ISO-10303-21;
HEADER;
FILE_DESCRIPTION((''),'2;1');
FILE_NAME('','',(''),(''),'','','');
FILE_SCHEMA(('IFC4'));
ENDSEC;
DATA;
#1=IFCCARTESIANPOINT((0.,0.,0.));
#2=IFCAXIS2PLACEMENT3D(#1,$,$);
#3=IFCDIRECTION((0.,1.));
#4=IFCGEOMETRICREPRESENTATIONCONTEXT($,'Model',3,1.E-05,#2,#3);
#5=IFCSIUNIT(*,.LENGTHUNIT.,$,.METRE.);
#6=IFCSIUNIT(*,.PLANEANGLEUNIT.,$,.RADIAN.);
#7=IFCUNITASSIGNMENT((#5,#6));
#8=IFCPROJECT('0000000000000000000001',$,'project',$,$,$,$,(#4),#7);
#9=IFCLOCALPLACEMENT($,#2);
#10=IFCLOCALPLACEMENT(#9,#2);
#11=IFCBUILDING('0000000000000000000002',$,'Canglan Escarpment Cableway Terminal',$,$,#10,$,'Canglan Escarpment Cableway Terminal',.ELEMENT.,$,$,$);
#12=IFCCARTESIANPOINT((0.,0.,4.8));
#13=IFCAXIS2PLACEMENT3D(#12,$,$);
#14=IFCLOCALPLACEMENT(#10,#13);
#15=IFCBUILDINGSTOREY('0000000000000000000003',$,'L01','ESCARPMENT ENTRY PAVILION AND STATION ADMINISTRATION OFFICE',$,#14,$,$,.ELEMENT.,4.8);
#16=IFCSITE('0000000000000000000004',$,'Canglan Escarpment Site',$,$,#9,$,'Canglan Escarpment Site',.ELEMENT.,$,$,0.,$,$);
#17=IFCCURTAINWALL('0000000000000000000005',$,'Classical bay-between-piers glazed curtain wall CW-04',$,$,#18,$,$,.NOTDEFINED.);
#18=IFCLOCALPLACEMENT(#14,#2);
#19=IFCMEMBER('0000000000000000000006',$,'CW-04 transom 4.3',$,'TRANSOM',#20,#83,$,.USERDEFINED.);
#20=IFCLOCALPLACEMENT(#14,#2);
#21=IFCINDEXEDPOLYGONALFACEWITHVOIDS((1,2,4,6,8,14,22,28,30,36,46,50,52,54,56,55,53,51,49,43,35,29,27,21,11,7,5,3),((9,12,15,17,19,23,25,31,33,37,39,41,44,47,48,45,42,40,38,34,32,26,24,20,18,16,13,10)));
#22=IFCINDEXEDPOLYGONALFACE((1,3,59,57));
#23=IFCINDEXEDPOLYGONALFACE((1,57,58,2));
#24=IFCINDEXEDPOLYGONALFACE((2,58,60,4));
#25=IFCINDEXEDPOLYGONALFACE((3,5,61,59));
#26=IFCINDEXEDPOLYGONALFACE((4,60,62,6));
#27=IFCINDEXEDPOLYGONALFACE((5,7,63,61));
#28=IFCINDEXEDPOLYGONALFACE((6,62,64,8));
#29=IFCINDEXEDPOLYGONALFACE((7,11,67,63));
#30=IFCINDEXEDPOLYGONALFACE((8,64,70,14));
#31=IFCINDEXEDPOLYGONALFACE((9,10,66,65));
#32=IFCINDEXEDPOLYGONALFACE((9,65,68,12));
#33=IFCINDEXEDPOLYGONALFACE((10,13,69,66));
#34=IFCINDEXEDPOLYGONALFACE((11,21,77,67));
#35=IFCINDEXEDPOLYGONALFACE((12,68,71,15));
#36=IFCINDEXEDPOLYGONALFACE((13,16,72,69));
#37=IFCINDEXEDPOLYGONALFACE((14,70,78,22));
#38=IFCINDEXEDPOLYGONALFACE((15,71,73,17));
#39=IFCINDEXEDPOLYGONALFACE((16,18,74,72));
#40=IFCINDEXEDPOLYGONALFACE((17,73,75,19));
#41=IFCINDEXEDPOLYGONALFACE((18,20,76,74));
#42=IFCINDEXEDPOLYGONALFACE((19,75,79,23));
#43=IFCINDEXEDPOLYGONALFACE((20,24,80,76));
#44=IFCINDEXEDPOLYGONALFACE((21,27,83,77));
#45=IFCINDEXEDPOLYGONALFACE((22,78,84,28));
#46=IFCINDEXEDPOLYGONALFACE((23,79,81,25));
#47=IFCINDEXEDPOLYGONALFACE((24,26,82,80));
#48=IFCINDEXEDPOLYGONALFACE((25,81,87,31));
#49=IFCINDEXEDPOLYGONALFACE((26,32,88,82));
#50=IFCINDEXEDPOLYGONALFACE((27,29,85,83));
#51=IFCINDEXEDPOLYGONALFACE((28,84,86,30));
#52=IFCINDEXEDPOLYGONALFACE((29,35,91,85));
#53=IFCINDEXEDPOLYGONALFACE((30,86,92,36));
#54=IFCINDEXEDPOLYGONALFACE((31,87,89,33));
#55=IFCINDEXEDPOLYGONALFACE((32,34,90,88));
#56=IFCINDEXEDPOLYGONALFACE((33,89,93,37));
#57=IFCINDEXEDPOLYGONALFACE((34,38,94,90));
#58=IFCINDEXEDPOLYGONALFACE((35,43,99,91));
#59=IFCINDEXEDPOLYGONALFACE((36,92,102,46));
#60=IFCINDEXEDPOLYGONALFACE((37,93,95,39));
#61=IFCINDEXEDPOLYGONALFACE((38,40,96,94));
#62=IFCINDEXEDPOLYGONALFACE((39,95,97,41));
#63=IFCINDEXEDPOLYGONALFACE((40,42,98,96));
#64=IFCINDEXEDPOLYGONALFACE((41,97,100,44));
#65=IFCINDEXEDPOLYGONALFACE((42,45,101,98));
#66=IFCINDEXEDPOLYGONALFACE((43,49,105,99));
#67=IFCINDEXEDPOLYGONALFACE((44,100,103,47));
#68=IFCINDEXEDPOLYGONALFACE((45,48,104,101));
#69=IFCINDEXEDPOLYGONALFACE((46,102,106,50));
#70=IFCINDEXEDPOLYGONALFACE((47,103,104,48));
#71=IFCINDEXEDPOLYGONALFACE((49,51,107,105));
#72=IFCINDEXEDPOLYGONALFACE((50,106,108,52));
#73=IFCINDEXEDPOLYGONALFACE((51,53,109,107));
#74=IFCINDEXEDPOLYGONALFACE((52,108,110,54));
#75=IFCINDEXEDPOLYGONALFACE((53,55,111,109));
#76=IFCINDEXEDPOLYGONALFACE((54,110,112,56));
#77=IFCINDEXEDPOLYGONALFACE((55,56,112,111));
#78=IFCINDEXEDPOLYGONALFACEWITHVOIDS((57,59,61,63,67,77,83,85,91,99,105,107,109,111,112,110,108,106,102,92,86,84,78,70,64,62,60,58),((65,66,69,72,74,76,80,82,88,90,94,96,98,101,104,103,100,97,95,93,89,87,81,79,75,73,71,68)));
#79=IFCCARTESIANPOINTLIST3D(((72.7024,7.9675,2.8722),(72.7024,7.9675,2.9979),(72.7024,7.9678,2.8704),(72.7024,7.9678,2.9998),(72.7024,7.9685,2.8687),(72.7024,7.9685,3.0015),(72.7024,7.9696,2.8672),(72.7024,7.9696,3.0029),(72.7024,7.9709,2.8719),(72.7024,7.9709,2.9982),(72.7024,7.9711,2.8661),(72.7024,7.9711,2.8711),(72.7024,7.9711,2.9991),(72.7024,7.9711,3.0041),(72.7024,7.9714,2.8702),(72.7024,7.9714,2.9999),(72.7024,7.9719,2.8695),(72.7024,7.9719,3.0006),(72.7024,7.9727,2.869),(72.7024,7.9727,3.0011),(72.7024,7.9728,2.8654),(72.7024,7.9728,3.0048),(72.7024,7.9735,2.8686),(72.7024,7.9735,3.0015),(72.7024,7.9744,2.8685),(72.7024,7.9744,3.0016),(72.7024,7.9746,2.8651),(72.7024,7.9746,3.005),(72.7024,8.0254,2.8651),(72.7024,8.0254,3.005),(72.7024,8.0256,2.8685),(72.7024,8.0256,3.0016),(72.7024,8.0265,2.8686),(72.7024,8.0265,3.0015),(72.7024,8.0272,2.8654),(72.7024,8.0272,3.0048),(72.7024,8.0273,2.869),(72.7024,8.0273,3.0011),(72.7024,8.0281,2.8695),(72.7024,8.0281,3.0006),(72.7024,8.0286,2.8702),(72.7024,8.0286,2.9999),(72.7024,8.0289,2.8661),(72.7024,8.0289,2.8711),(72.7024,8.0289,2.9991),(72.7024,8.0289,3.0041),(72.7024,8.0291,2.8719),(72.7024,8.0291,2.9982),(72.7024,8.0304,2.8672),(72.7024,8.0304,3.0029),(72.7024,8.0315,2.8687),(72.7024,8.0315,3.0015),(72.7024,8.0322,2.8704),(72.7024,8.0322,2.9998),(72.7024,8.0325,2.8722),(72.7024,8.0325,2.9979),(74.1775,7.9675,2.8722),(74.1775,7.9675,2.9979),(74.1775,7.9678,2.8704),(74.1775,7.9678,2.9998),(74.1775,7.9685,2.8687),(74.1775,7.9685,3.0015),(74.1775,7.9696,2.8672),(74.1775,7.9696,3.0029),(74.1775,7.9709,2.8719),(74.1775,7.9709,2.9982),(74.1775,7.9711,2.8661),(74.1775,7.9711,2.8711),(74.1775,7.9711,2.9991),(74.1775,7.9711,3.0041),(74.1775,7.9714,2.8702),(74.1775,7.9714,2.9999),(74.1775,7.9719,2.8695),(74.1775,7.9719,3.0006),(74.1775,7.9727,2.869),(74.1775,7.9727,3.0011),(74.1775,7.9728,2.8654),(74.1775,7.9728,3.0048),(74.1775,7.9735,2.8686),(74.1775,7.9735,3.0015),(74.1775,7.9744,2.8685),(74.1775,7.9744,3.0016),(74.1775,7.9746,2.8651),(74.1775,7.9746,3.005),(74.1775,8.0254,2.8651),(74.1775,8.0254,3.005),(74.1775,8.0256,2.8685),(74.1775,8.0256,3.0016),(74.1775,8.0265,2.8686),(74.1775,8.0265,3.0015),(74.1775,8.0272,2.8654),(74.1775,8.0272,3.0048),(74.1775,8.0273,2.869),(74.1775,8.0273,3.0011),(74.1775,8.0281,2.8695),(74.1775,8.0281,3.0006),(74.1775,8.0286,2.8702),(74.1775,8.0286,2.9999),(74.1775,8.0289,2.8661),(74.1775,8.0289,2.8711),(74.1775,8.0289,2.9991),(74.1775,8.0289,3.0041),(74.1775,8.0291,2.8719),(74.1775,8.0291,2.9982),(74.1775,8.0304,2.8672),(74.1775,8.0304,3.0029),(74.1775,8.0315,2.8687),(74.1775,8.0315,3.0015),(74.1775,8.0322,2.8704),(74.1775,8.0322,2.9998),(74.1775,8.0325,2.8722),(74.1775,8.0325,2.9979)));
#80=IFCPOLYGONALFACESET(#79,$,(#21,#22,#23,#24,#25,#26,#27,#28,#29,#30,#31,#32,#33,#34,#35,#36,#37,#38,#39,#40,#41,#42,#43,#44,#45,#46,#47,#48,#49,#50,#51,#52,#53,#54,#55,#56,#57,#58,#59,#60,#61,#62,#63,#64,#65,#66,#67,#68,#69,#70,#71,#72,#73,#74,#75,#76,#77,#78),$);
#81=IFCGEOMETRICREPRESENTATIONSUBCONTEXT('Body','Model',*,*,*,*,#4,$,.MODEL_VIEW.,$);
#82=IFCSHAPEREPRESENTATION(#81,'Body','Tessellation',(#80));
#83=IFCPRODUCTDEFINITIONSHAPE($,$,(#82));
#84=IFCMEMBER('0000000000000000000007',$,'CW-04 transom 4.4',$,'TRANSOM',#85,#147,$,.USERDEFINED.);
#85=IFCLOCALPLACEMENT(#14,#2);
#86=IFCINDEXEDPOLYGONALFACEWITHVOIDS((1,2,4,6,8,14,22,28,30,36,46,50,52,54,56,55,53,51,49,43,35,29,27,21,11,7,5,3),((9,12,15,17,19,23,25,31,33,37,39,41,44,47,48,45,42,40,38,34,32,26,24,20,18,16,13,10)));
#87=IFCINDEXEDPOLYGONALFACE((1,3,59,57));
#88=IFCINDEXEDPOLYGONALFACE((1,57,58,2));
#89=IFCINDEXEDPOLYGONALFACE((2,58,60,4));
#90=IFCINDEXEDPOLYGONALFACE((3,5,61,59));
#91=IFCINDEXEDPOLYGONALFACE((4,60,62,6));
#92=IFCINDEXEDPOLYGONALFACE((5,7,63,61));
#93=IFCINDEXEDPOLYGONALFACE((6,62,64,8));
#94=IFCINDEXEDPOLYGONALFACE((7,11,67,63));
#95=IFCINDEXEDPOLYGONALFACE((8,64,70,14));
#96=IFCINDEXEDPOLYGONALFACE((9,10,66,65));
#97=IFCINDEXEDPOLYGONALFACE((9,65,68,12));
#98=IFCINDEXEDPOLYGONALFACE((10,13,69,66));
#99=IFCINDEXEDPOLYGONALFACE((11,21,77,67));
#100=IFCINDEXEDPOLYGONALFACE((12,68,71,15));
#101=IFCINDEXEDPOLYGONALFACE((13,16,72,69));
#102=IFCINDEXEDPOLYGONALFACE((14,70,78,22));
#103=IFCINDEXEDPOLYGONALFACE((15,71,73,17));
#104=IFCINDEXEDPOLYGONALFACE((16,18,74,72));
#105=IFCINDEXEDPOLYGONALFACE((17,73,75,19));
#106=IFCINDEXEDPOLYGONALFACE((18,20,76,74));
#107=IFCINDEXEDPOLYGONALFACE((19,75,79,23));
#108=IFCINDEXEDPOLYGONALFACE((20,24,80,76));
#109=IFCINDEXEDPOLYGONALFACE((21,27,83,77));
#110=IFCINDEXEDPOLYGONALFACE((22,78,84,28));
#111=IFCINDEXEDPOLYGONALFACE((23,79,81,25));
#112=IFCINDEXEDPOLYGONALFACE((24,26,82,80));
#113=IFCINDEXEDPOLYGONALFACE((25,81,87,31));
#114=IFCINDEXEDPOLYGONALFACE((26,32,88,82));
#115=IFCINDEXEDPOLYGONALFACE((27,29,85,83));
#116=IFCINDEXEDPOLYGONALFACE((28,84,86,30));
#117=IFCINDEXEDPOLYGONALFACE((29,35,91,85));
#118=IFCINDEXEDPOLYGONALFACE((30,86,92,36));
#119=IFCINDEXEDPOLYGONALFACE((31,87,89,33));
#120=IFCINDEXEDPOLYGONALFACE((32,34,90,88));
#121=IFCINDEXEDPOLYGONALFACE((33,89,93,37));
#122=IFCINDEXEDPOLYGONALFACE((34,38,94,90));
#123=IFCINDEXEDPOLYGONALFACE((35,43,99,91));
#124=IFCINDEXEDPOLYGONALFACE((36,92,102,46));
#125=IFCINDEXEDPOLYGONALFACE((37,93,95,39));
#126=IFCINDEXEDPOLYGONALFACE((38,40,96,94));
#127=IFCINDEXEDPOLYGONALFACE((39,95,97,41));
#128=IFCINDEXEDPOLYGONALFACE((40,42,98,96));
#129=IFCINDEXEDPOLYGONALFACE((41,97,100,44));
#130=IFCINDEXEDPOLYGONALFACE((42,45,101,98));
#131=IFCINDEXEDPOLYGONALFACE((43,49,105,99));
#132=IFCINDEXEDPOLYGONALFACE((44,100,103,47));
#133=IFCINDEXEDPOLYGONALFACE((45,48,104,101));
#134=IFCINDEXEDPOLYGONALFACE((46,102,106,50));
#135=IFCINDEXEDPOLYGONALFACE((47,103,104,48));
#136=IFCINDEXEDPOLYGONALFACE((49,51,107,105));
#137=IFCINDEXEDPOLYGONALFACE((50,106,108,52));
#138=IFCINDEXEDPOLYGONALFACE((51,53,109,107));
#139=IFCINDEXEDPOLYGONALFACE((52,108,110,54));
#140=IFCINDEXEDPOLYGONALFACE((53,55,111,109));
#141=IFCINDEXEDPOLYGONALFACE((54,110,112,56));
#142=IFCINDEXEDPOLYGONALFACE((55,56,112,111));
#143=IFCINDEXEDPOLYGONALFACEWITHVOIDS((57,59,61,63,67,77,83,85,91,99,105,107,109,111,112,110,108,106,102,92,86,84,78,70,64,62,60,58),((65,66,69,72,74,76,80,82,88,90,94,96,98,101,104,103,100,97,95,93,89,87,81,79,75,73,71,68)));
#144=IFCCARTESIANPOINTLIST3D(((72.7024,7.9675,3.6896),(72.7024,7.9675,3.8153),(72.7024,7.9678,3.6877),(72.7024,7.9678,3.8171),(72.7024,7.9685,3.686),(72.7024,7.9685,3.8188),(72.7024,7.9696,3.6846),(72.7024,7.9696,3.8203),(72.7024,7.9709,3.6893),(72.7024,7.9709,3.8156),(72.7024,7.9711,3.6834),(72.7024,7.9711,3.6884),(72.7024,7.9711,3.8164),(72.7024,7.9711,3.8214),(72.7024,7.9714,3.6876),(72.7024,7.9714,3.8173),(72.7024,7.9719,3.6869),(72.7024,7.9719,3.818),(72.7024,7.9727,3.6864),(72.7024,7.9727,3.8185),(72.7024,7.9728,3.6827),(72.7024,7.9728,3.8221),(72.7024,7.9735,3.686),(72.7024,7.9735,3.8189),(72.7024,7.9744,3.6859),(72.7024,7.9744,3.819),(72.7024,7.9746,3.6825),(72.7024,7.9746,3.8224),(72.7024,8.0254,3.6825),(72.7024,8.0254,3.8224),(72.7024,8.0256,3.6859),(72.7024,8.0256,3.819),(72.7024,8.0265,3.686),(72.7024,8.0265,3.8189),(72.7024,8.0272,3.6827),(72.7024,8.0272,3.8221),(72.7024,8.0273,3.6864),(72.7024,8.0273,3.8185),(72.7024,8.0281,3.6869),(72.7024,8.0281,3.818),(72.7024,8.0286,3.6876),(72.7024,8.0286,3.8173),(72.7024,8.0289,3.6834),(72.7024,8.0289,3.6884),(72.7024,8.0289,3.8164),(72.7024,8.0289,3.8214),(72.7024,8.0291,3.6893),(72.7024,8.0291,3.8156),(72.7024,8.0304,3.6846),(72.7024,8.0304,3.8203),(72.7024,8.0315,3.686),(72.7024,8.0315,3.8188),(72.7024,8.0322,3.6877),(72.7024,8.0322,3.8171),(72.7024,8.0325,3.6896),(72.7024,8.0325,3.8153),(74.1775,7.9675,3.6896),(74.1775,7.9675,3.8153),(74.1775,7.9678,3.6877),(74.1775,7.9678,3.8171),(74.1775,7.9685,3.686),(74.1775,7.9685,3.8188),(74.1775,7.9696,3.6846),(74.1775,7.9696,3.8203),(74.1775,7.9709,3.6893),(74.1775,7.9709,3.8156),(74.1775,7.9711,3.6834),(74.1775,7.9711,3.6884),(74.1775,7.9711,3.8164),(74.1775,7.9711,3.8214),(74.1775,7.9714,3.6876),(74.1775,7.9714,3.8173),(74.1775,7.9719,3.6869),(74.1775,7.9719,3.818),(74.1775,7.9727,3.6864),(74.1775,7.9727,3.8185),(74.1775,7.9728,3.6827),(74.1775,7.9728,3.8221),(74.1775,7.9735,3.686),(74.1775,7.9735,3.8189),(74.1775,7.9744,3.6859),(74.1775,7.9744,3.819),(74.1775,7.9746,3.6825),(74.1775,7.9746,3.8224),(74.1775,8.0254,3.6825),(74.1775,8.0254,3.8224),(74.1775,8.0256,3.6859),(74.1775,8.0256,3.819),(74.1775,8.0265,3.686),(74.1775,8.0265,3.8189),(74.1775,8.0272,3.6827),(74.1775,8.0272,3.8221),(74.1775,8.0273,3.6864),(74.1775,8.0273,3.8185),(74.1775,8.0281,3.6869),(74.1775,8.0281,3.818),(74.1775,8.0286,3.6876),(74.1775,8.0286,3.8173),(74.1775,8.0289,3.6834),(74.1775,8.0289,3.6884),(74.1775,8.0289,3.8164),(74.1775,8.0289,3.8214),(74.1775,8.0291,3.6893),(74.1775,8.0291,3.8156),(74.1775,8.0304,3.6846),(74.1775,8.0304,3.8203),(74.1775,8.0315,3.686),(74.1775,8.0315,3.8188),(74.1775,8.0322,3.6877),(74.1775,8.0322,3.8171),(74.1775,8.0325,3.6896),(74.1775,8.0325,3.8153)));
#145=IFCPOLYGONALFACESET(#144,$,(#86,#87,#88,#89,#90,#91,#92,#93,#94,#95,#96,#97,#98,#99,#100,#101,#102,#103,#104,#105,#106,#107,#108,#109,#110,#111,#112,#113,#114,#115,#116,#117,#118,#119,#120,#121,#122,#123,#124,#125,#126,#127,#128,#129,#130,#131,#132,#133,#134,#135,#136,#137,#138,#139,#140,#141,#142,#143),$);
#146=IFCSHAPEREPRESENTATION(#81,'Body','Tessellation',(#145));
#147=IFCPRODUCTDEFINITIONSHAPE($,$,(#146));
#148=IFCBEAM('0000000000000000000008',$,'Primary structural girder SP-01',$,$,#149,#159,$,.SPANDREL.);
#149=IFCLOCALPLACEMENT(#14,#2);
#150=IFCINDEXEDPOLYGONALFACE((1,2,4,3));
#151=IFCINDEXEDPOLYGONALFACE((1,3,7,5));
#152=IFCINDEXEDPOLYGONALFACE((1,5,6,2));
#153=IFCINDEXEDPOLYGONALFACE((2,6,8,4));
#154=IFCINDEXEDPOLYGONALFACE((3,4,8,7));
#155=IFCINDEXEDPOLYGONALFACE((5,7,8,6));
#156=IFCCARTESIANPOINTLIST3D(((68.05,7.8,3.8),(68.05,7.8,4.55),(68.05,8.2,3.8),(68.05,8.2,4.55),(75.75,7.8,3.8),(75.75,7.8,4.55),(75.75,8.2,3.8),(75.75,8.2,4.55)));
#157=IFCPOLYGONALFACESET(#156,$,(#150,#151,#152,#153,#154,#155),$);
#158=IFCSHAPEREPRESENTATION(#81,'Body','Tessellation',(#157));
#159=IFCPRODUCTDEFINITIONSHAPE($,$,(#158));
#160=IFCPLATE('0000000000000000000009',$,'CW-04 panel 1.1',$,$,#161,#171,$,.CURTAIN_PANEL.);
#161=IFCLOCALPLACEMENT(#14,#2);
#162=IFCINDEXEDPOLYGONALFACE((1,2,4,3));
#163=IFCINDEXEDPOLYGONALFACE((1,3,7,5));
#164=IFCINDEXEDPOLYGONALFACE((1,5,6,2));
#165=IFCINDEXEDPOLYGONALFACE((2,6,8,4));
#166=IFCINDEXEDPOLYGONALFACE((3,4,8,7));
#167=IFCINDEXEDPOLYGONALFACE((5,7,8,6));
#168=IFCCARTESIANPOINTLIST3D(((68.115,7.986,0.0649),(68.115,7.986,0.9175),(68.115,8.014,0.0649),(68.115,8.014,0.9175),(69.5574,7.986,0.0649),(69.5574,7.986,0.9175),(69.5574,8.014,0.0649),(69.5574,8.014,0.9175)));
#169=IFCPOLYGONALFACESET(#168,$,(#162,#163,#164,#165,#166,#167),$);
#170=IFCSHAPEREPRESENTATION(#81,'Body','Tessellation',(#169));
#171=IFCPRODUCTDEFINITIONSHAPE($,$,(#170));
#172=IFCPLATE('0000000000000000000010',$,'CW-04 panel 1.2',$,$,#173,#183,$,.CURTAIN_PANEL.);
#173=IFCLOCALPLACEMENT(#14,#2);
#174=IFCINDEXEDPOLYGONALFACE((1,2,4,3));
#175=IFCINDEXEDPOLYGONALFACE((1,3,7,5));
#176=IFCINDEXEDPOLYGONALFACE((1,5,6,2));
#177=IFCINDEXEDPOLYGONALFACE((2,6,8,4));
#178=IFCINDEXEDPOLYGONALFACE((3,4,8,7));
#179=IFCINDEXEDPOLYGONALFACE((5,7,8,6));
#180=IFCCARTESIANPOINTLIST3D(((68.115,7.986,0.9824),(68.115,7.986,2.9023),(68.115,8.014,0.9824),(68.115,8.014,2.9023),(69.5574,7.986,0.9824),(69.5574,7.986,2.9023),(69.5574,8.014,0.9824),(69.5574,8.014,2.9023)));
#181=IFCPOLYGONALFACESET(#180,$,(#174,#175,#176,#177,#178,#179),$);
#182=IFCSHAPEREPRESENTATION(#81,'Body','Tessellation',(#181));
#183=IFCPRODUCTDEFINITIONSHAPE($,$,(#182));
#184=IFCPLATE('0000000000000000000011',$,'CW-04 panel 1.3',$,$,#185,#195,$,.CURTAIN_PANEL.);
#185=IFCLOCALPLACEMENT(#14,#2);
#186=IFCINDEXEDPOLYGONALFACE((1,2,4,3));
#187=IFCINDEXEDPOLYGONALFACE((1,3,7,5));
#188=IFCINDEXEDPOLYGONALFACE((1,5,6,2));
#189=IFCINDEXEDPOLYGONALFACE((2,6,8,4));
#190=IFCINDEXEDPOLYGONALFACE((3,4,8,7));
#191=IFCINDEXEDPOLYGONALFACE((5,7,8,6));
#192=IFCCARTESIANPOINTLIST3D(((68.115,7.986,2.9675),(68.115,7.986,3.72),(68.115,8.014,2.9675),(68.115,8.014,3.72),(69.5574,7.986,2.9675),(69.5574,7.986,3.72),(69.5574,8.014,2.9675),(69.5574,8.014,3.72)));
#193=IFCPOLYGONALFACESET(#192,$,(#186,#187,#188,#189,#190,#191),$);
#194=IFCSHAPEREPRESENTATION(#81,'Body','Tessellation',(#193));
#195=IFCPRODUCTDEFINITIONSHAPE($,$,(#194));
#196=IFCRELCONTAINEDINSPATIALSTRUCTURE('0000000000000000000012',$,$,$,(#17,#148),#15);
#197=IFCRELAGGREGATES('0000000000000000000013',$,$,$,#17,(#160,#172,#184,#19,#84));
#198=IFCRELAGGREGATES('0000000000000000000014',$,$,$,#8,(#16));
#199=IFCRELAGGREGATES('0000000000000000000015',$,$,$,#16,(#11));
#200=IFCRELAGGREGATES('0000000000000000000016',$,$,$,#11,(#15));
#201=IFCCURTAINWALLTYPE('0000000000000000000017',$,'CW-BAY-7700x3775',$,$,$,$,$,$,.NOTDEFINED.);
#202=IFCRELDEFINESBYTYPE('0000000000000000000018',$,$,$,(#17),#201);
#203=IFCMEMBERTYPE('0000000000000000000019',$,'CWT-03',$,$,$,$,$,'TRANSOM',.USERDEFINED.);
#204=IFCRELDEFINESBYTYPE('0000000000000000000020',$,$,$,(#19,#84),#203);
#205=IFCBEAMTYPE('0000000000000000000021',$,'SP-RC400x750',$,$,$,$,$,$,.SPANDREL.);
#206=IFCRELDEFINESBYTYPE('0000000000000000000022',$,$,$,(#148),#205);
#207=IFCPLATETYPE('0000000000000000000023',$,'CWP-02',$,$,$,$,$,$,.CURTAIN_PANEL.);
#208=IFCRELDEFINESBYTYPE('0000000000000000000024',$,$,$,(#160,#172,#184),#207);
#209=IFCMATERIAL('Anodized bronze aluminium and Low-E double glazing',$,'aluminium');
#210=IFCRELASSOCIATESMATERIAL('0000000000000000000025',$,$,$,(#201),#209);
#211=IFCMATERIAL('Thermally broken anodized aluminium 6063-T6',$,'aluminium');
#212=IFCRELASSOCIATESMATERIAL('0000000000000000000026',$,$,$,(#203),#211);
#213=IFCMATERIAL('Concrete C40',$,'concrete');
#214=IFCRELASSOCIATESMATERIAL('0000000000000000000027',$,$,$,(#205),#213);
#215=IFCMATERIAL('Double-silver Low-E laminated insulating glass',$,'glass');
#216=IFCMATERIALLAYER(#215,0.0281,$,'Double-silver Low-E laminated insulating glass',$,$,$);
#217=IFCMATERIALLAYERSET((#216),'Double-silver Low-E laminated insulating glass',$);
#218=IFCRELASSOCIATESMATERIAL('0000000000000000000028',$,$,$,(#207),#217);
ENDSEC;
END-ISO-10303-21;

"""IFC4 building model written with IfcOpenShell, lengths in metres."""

from ifc_helpers import new_model, si_unit, direction, frame, origin, origin_2d, place, context, subcontext, project, spatial, rectangle, hollow_rectangle, extrude, material, layer, layer_set, material_profile, profile_set, type_object, element, aggregate, save


model = new_model("IFC4")

# Units and contexts
model_context = context("Model", 3, precision=1e-05, world=origin(), true_north=direction((0.0, 1.0)))
body_context = subcontext(model_context, "Body", "Model", "MODEL_VIEW")
ifc_project = project(units=[si_unit("LENGTHUNIT", "METRE"), si_unit("PLANEANGLEUNIT", "RADIAN")], contexts=[model_context])

# Site, building, storey
site_placement = place(None, origin())
site = spatial("IfcSite", under=ifc_project, at=site_placement, Name="Canglan Escarpment Site", LongName="Canglan Escarpment Site", CompositionType="ELEMENT", RefElevation=0.0)
building_placement = place(site_placement, origin())
building = spatial("IfcBuilding", under=site, at=building_placement, Name="Canglan Escarpment Cableway Terminal", LongName="Canglan Escarpment Cableway Terminal", CompositionType="ELEMENT")
storey_placement = place(building_placement, frame((0.0, 0.0, 4.8)))
storey = spatial("IfcBuildingStorey", under=building, at=storey_placement, Name="L01", Description="ESCARPMENT ENTRY PAVILION AND STATION ADMINISTRATION OFFICE", CompositionType="ELEMENT", Elevation=4.8)

# Shared definitions
ifc_material_1 = material(Name="Concrete C40", Category="concrete")

# Curtain wall, members
ifc_material_2 = material(Name="Anodized bronze aluminium and Low-E double glazing", Category="aluminium")
curtain_wall_type = type_object("IfcCurtainWallType", Name="CW-BAY-7700x3775", PredefinedType="NOTDEFINED", material=ifc_material_2)
curtain_wall_placement = place(storey_placement, origin())
curtain_wall = element("IfcCurtainWall", 1, at=curtain_wall_placement, inside=storey, type_object=curtain_wall_type, Name="Classical bay-between-piers glazed curtain wall CW-04", PredefinedType="NOTDEFINED")
ifc_material_3 = material(Name="Thermally broken anodized aluminium 6063-T6", Category="aluminium")
ifc_material_profile_1 = material_profile(ifc_material_3, hollow_rectangle(XDim=0.0649, YDim=0.1399, WallThickness=0.0034, InnerFilletRadius=0.0034, OuterFilletRadius=0.0071, at=origin_2d()), Name="ALU-TRAN 65x140x3.5")
ifc_profile_set_1 = profile_set([ifc_material_profile_1], Name="Thermally broken anodized aluminium 6063-T6")
member_type_1 = type_object("IfcMemberType", Name="CWT-03", ElementType="TRANSOM", PredefinedType="USERDEFINED", material=ifc_profile_set_1)
member_1_placement = place(storey_placement, frame((72.7024, 8.0, 2.9351), z_axis=(1.0, 0.0, 0.0), x_axis=(0.0, 1.0, 0.0)))
member_1 = element("IfcMember", 2, at=member_1_placement, type_object=member_type_1, Name="CW-04 transom 4.3", ObjectType="TRANSOM", PredefinedType="USERDEFINED", context=body_context, shape_type="SweptSolid", body=[
    extrude(hollow_rectangle(XDim=0.0649, YDim=0.1399, WallThickness=0.0034, InnerFilletRadius=0.0034, OuterFilletRadius=0.0071, at=origin_2d()), origin(), (0.0, 0.0, 1.0), 1.4751),
])
member_2_placement = place(storey_placement, frame((72.7024, 8.0, 3.7524), z_axis=(1.0, 0.0, 0.0), x_axis=(0.0, 1.0, 0.0)))
member_2 = element("IfcMember", 3, at=member_2_placement, type_object=member_type_1, Name="CW-04 transom 4.4", ObjectType="TRANSOM", PredefinedType="USERDEFINED", context=body_context, shape_type="SweptSolid", body=[
    extrude(hollow_rectangle(XDim=0.0649, YDim=0.1399, WallThickness=0.0034, InnerFilletRadius=0.0034, OuterFilletRadius=0.0071, at=origin_2d()), origin(), (0.0, 0.0, 1.0), 1.4751),
])

# Beam
ifc_material_profile_2 = material_profile(ifc_material_1, rectangle(XDim=0.3999, YDim=0.75, at=origin_2d()), Name="RC 400x750")
ifc_profile_set_2 = profile_set([ifc_material_profile_2], Name="Concrete C40")
beam_type_1 = type_object("IfcBeamType", Name="SP-RC400x750", PredefinedType="SPANDREL", material=ifc_profile_set_2)
beam_1_placement = place(storey_placement, frame((68.05, 8.0, 4.175), z_axis=(1.0, 0.0, 0.0), x_axis=(0.0, 1.0, 0.0)))
element("IfcBeam", 4, at=beam_1_placement, inside=storey, type_object=beam_type_1, Name="Primary structural girder SP-01", PredefinedType="SPANDREL", context=body_context, shape_type="SweptSolid", body=[
    extrude(rectangle(XDim=0.3999, YDim=0.75, at=origin_2d()), origin(), (0.0, 0.0, 1.0), 7.7),
])

# Plates
ifc_material_4 = material(Name="Double-silver Low-E laminated insulating glass", Category="glass")
ifc_layer_1 = layer(ifc_material_4, 0.0281, Name="Double-silver Low-E laminated insulating glass")
ifc_layer_set_1 = layer_set([ifc_layer_1], Name="Double-silver Low-E laminated insulating glass")
plate_type = type_object("IfcPlateType", Name="CWP-02", PredefinedType="CURTAIN_PANEL", material=ifc_layer_set_1)
plate_1_placement = place(storey_placement, frame((68.8362, 8.0, 0.0649), z_axis=(0.0, 0.0, 1.0), x_axis=(1.0, 0.0, 0.0)))
plate_1 = element("IfcPlate", 5, at=plate_1_placement, type_object=plate_type, Name="CW-04 panel 1.1", PredefinedType="CURTAIN_PANEL", context=body_context, shape_type="SweptSolid", body=[
    extrude(rectangle(XDim=1.4424, YDim=0.0281, at=origin_2d()), origin(), (0.0, 0.0, 1.0), 0.8525),
])
plate_2_placement = place(storey_placement, frame((68.8362, 8.0, 0.9824), z_axis=(0.0, 0.0, 1.0), x_axis=(1.0, 0.0, 0.0)))
plate_2 = element("IfcPlate", 6, at=plate_2_placement, type_object=plate_type, Name="CW-04 panel 1.2", PredefinedType="CURTAIN_PANEL", context=body_context, shape_type="SweptSolid", body=[
    extrude(rectangle(XDim=1.4424, YDim=0.0281, at=origin_2d()), origin(), (0.0, 0.0, 1.0), 1.9199),
])
plate_3_placement = place(storey_placement, frame((68.8362, 8.0, 2.9675), z_axis=(0.0, 0.0, 1.0), x_axis=(1.0, 0.0, 0.0)))
plate_3 = element("IfcPlate", 7, at=plate_3_placement, type_object=plate_type, Name="CW-04 panel 1.3", PredefinedType="CURTAIN_PANEL", context=body_context, shape_type="SweptSolid", body=[
    extrude(rectangle(XDim=1.4424, YDim=0.0281, at=origin_2d()), origin(), (0.0, 0.0, 1.0), 0.7524),
])
aggregate(curtain_wall, [plate_1, plate_2, plate_3, member_1, member_2])

save(model, "model.ifc")
